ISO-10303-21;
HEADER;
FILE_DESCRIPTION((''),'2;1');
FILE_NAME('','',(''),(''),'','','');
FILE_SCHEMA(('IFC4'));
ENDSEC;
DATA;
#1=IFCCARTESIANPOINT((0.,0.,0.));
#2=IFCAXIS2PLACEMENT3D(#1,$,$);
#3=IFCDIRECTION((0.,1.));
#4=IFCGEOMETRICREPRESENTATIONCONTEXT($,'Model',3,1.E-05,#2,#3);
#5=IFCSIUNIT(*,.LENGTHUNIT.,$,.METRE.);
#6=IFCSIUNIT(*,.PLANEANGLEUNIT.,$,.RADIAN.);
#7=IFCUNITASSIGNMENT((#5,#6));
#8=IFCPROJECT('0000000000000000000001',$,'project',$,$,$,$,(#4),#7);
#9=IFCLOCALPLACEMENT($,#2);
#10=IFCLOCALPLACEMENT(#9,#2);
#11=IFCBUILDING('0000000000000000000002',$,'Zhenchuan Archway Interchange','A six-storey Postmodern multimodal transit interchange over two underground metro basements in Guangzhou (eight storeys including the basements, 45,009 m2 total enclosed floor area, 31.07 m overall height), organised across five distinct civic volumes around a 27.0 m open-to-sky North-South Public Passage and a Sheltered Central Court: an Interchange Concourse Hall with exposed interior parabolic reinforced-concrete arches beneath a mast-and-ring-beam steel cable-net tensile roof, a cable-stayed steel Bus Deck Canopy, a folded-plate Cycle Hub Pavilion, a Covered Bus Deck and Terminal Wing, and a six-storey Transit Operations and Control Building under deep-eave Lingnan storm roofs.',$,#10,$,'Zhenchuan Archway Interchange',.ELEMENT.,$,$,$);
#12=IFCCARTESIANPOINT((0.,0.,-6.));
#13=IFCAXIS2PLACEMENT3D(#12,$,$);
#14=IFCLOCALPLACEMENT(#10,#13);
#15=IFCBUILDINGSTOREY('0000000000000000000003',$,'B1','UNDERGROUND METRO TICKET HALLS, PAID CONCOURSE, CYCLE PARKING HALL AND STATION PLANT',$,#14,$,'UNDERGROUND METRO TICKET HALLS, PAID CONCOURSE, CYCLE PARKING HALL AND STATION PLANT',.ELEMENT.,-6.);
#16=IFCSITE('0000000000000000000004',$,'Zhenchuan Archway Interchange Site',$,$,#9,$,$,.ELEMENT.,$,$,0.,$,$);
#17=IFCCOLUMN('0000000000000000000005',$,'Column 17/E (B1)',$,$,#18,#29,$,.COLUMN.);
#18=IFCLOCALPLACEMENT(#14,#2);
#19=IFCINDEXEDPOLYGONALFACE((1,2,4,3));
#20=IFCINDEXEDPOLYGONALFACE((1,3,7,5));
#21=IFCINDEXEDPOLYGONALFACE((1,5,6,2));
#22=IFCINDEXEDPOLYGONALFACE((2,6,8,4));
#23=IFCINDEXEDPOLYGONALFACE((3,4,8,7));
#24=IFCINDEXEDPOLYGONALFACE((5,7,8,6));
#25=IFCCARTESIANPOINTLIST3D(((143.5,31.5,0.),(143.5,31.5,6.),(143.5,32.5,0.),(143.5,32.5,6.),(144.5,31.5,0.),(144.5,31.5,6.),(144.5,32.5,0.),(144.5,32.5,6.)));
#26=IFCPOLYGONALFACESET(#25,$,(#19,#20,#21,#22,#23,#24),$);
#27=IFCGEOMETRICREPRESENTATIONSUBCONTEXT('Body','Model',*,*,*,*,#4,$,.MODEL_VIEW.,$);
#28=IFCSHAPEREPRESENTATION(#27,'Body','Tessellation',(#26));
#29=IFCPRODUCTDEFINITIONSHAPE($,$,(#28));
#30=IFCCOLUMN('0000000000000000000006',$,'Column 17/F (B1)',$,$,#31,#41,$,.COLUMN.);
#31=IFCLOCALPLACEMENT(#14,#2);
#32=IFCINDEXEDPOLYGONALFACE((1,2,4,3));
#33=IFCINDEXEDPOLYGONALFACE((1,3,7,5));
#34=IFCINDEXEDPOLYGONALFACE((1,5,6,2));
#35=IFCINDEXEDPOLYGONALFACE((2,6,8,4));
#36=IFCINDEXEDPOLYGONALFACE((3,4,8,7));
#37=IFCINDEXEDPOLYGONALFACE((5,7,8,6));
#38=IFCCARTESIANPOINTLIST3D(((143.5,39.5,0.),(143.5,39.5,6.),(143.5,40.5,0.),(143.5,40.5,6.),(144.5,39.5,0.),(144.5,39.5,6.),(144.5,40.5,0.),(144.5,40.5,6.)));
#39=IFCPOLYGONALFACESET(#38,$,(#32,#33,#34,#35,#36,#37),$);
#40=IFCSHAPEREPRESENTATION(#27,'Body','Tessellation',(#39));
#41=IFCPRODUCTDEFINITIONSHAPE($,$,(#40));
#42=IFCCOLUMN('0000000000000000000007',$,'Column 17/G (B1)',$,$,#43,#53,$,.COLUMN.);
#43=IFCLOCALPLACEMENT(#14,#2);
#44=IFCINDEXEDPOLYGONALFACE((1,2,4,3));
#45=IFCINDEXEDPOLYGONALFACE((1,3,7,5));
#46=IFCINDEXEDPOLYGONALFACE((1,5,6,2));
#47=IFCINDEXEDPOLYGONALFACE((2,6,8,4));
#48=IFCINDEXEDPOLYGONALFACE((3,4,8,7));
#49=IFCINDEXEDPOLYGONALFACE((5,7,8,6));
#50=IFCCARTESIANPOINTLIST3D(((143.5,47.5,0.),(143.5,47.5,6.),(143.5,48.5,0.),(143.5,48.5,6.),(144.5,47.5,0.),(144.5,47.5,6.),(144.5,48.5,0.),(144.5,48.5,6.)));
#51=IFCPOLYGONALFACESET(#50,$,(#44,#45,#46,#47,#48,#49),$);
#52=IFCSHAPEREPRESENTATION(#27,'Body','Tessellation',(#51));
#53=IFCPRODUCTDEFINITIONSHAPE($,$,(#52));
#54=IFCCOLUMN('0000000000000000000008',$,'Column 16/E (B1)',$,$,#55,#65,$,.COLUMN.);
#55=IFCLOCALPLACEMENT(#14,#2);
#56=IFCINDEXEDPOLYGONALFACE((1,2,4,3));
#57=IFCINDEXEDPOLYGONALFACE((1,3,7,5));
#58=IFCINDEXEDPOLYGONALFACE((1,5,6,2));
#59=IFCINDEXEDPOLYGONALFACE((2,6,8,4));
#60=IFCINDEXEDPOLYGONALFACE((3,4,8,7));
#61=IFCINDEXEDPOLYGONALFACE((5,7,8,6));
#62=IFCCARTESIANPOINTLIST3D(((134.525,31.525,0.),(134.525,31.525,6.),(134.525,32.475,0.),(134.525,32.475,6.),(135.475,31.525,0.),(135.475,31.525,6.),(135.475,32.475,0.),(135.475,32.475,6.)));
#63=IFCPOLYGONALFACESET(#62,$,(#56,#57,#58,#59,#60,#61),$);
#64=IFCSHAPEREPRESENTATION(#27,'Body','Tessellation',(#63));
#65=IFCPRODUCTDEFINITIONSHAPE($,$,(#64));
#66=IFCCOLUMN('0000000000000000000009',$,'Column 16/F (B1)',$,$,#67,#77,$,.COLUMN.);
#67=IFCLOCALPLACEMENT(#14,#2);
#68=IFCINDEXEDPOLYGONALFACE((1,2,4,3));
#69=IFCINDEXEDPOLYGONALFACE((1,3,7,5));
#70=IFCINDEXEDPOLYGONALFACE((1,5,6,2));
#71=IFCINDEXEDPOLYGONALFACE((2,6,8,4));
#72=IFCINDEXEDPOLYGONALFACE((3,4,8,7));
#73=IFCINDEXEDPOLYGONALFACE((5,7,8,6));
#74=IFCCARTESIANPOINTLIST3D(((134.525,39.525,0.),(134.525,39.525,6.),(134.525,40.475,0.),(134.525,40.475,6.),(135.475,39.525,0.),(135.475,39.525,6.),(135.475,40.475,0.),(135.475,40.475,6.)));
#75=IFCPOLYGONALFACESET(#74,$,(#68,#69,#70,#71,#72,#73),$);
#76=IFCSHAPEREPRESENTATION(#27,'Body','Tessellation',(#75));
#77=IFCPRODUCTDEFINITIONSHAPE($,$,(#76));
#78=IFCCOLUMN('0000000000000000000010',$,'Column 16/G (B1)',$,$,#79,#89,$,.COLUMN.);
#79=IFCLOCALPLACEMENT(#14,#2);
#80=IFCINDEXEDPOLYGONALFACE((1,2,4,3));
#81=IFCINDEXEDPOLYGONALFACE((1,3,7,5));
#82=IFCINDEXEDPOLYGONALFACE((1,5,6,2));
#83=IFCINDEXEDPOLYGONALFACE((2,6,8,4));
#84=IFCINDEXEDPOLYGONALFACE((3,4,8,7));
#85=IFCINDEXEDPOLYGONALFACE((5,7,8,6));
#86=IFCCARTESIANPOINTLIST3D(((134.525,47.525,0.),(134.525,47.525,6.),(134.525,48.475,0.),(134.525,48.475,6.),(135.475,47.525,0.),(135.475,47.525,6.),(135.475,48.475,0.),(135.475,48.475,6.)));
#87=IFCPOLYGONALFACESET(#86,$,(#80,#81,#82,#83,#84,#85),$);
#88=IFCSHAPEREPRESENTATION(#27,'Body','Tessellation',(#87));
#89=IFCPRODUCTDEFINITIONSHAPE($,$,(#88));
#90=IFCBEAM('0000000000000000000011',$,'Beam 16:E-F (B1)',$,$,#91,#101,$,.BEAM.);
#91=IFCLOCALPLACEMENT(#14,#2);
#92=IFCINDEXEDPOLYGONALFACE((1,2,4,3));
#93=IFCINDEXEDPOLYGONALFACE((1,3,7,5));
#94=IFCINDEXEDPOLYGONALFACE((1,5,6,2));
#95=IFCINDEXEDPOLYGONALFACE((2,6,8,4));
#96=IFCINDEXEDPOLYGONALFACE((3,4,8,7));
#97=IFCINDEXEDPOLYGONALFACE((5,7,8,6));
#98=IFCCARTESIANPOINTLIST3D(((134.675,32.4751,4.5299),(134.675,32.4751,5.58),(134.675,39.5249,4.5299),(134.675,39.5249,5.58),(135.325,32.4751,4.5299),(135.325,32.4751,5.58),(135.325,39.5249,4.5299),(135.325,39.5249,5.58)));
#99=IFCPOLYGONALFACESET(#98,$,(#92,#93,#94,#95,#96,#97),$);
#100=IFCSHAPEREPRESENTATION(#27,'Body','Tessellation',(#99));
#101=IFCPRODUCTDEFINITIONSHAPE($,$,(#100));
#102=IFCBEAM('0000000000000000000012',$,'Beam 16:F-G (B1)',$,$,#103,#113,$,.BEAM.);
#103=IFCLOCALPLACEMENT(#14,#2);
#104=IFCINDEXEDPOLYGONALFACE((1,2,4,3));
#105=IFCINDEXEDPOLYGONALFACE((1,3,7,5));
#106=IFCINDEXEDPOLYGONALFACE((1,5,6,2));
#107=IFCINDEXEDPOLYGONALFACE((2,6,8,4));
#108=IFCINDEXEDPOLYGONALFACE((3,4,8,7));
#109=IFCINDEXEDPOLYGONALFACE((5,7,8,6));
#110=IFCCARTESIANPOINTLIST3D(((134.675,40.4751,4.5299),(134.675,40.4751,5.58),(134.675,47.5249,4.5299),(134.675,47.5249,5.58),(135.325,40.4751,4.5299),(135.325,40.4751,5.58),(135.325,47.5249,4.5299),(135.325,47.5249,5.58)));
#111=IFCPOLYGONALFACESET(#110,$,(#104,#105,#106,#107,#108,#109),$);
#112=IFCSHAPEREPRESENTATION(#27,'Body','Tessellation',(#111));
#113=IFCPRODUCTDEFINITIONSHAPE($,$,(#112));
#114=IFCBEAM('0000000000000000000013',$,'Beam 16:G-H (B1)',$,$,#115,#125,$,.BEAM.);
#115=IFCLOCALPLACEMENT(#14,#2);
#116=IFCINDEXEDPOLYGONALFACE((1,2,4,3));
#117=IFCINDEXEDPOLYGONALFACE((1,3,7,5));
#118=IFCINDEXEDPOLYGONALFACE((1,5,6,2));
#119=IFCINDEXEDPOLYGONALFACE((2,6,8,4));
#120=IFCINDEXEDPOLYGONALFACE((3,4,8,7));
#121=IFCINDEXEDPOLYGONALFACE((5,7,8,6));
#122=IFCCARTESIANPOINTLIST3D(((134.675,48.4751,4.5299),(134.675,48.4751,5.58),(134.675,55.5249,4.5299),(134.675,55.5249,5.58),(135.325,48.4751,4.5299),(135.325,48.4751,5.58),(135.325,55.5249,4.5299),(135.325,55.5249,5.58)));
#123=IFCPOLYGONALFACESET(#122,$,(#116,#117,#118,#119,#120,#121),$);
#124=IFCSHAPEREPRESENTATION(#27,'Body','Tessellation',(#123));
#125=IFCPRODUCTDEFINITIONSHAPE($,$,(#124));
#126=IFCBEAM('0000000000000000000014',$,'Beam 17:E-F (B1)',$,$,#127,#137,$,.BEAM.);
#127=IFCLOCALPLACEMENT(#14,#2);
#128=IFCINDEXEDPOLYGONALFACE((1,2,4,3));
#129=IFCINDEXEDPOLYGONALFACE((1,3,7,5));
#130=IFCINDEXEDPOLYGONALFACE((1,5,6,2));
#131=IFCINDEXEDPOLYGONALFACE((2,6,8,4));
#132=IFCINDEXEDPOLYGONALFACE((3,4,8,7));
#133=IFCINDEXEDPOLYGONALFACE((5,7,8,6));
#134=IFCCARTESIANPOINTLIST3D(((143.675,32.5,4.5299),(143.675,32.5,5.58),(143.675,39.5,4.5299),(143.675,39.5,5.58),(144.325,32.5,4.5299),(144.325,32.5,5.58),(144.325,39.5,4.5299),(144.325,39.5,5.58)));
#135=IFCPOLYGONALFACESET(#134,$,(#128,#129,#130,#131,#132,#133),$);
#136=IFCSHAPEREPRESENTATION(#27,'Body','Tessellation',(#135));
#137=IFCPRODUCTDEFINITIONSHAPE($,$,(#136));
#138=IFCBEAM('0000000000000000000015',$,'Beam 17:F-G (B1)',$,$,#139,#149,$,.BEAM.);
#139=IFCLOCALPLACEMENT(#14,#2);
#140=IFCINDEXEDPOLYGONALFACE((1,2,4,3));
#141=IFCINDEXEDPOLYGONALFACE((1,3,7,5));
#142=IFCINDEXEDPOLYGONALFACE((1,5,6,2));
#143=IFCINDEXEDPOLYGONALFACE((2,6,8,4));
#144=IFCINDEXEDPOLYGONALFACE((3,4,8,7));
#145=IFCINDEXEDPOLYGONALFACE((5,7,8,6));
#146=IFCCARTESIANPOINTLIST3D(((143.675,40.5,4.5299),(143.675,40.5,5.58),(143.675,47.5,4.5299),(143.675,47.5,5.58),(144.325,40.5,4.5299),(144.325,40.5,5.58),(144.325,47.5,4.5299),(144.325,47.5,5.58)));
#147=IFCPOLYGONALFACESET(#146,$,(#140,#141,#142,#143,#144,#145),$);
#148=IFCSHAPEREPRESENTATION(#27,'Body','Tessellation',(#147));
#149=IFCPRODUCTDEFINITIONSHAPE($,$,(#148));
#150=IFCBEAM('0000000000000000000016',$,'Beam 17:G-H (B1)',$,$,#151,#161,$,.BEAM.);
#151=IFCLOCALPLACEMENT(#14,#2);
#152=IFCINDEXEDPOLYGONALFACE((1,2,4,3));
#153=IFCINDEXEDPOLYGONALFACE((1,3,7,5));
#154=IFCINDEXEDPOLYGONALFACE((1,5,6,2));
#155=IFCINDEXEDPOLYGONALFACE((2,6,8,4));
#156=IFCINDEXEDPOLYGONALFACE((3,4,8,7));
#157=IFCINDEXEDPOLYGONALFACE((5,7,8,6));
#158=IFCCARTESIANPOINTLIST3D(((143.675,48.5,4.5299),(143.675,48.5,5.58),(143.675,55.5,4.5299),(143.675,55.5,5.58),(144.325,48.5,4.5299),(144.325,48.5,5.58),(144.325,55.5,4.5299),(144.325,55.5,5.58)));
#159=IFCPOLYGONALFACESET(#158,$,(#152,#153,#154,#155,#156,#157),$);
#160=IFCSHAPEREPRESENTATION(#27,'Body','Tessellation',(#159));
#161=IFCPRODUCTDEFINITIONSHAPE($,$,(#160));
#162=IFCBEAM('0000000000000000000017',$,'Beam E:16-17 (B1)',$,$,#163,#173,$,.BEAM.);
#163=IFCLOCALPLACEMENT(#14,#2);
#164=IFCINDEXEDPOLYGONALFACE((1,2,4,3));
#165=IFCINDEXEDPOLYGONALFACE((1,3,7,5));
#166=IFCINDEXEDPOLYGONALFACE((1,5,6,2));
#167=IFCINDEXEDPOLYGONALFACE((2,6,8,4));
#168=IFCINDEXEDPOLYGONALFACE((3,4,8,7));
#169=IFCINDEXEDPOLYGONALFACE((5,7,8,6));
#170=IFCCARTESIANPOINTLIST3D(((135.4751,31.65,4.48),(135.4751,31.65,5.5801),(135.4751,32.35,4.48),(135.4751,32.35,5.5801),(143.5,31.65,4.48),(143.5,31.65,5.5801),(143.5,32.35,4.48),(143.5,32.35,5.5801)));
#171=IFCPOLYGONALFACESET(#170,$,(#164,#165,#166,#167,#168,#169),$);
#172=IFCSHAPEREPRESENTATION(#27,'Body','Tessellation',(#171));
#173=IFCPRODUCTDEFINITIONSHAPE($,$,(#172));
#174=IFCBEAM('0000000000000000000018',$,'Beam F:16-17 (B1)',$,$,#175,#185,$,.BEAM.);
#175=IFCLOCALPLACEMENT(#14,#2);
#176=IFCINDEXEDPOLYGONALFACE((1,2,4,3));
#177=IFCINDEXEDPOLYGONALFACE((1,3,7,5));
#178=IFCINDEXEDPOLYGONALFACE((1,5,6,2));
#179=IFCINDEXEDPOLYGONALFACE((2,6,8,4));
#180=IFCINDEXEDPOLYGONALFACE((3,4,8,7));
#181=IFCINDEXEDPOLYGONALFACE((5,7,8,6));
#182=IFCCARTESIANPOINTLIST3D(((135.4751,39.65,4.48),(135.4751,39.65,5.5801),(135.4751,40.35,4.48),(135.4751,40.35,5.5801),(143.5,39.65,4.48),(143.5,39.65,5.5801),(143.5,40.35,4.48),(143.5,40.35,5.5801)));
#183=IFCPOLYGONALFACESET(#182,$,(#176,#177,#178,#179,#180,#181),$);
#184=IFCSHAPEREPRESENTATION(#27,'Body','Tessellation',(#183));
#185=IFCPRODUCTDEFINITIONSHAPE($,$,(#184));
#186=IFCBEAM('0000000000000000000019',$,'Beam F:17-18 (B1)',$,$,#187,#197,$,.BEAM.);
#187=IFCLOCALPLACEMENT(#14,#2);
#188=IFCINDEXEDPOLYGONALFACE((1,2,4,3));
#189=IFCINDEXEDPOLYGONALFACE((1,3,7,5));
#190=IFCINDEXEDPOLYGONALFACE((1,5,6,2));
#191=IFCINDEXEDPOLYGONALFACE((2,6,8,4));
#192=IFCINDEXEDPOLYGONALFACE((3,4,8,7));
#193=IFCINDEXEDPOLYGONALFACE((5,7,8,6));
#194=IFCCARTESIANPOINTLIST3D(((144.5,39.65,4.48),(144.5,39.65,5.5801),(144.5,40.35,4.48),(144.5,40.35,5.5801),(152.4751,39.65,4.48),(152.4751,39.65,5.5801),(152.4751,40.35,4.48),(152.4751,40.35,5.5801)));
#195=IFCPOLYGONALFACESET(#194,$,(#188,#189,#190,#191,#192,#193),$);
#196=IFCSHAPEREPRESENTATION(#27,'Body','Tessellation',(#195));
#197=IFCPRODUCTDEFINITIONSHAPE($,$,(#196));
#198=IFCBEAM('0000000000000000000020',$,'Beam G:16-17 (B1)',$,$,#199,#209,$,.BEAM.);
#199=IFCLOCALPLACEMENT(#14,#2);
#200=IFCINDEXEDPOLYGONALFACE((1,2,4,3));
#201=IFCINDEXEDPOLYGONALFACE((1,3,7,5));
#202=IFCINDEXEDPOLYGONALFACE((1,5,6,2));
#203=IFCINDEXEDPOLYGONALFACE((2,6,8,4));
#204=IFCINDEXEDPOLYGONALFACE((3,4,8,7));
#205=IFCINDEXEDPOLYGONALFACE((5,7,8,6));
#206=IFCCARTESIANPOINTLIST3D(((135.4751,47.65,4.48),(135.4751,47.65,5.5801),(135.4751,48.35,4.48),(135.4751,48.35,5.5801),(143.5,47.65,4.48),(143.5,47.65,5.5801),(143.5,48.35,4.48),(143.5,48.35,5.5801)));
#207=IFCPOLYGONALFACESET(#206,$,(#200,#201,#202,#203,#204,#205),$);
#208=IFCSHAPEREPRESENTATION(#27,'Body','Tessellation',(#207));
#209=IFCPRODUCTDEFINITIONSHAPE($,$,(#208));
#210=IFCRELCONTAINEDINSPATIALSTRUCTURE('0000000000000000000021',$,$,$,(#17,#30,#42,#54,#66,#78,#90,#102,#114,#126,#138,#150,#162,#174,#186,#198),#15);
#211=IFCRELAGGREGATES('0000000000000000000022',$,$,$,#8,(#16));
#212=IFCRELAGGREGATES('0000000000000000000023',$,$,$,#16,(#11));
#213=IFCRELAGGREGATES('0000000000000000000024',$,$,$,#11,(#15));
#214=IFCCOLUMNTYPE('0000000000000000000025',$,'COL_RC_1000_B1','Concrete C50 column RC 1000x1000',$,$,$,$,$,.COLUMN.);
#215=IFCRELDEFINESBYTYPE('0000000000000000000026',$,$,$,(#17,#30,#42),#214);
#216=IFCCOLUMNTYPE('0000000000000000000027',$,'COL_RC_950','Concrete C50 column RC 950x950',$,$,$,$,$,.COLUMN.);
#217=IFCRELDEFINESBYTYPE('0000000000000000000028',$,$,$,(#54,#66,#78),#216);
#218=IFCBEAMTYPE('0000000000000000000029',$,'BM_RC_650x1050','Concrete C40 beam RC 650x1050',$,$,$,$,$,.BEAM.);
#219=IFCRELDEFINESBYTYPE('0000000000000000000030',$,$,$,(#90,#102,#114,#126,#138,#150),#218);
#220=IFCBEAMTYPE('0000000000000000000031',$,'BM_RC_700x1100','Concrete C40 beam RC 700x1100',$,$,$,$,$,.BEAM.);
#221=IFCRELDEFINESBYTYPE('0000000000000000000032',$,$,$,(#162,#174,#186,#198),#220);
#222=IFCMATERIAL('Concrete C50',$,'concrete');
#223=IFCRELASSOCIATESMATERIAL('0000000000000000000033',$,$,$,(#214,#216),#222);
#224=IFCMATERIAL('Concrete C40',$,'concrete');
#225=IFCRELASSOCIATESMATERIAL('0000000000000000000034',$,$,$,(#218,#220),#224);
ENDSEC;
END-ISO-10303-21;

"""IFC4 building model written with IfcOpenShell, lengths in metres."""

from ifc_helpers import new_model, si_unit, direction, frame, origin, origin_2d, place, context, subcontext, project, spatial, rectangle, extrude, material, material_profile, profile_set, type_object, element, save


model = new_model("IFC4")

# Units and contexts
model_context = context("Model", 3, precision=1e-05, world=origin(), true_north=direction((0.0, 1.0)))
body_context = subcontext(model_context, "Body", "Model", "MODEL_VIEW")
ifc_project = project(units=[si_unit("LENGTHUNIT", "METRE"), si_unit("PLANEANGLEUNIT", "RADIAN")], contexts=[model_context])

# Site, building, storey
site_placement = place(None, origin())
site = spatial("IfcSite", under=ifc_project, at=site_placement, Name="Zhenchuan Archway Interchange Site", CompositionType="ELEMENT", RefElevation=0.0)
building_placement = place(site_placement, origin())
building = spatial("IfcBuilding", under=site, at=building_placement, Name="Zhenchuan Archway Interchange", Description="A six-storey Postmodern multimodal transit interchange over two underground metro basements in Guangzhou (eight storeys including the basements, 45,009 m2 total enclosed floor area, 31.07 m overall height), organised across five distinct civic volumes around a 27.0 m open-to-sky North-South Public Passage and a Sheltered Central Court: an Interchange Concourse Hall with exposed interior parabolic reinforced-concrete arches beneath a mast-and-ring-beam steel cable-net tensile roof, a cable-stayed steel Bus Deck Canopy, a folded-plate Cycle Hub Pavilion, a Covered Bus Deck and Terminal Wing, and a six-storey Transit Operations and Control Building under deep-eave Lingnan storm roofs.", LongName="Zhenchuan Archway Interchange", CompositionType="ELEMENT")
storey_placement = place(building_placement, frame((0.0, 0.0, -6.0)))
storey = spatial("IfcBuildingStorey", under=building, at=storey_placement, Name="B1", Description="UNDERGROUND METRO TICKET HALLS, PAID CONCOURSE, CYCLE PARKING HALL AND STATION PLANT", LongName="UNDERGROUND METRO TICKET HALLS, PAID CONCOURSE, CYCLE PARKING HALL AND STATION PLANT", CompositionType="ELEMENT", Elevation=-6.0)

# Columns
ifc_material_1 = material(Name="Concrete C50", Category="concrete")
ifc_material_profile_1 = material_profile(ifc_material_1, rectangle(XDim=1.0, YDim=1.0, at=origin_2d()), Name="RC 1000x1000")
ifc_profile_set_1 = profile_set([ifc_material_profile_1], Name="Concrete C50")
column_type_1 = type_object("IfcColumnType", Name="COL_RC_1000_B1", Description="Concrete C50 column RC 1000x1000", PredefinedType="COLUMN", material=ifc_profile_set_1)
for number, where, z_axis, x_axis, name in (
    (1, (144.0, 32.0, 0.0), (0.0, 0.0, 1.0), (1.0, 0.0, 0.0), "Column 17/E (B1)"),
    (2, (144.0, 40.0, 0.0), (0.0, 0.0, 1.0), (1.0, 0.0, 0.0), "Column 17/F (B1)"),
    (3, (144.0, 48.0, 0.0), (0.0, 0.0, 1.0), (1.0, 0.0, 0.0), "Column 17/G (B1)"),
):
    element("IfcColumn", number, at=place(storey_placement, frame(where, z_axis=z_axis, x_axis=x_axis)), inside=storey, type_object=column_type_1, Name=name, PredefinedType="COLUMN", context=body_context, shape_type="SweptSolid", body=[
        extrude(rectangle(XDim=1.0, YDim=1.0, at=origin_2d()), origin(), (0.0, 0.0, 1.0), 6.0),
    ])
ifc_material_profile_2 = material_profile(ifc_material_1, rectangle(XDim=0.95, YDim=0.95, at=origin_2d()), Name="RC 950x950")
ifc_profile_set_2 = profile_set([ifc_material_profile_2], Name="Concrete C50")
column_type_2 = type_object("IfcColumnType", Name="COL_RC_950", Description="Concrete C50 column RC 950x950", PredefinedType="COLUMN", material=ifc_profile_set_2)
for number, where, z_axis, x_axis, name in (
    (4, (135.0, 32.0, 0.0), (0.0, 0.0, 1.0), (1.0, 0.0, 0.0), "Column 16/E (B1)"),
    (5, (135.0, 40.0, 0.0), (0.0, 0.0, 1.0), (1.0, 0.0, 0.0), "Column 16/F (B1)"),
    (6, (135.0, 48.0, 0.0), (0.0, 0.0, 1.0), (1.0, 0.0, 0.0), "Column 16/G (B1)"),
):
    element("IfcColumn", number, at=place(storey_placement, frame(where, z_axis=z_axis, x_axis=x_axis)), inside=storey, type_object=column_type_2, Name=name, PredefinedType="COLUMN", context=body_context, shape_type="SweptSolid", body=[
        extrude(rectangle(XDim=0.95, YDim=0.95, at=origin_2d()), origin(), (0.0, 0.0, 1.0), 6.0),
    ])

# Beams
ifc_material_2 = material(Name="Concrete C40", Category="concrete")
ifc_material_profile_3 = material_profile(ifc_material_2, rectangle(XDim=0.6499, YDim=1.05, at=origin_2d()), Name="RC 650x1050")
ifc_profile_set_3 = profile_set([ifc_material_profile_3], Name="Concrete C40")
beam_type_1 = type_object("IfcBeamType", Name="BM_RC_650x1050", Description="Concrete C40 beam RC 650x1050", PredefinedType="BEAM", material=ifc_profile_set_3)
for number, where, z_axis, x_axis, name in (
    (7, (135.0, 32.4751, 5.0549), (0.0, 1.0, 0.0), (-1.0, 0.0, 0.0), "Beam 16:E-F (B1)"),
    (8, (135.0, 40.4751, 5.0549), (0.0, 1.0, 0.0), (-1.0, 0.0, 0.0), "Beam 16:F-G (B1)"),
    (9, (135.0, 48.4751, 5.0549), (0.0, 1.0, 0.0), (-1.0, 0.0, 0.0), "Beam 16:G-H (B1)"),
):
    element("IfcBeam", number, at=place(storey_placement, frame(where, z_axis=z_axis, x_axis=x_axis)), inside=storey, type_object=beam_type_1, Name=name, PredefinedType="BEAM", context=body_context, shape_type="SweptSolid", body=[
        extrude(rectangle(XDim=0.6499, YDim=1.05, at=origin_2d()), origin(), (0.0, 0.0, 1.0), 7.0498),
    ])
for number, where, z_axis, x_axis, name in (
    (10, (144.0, 32.5, 5.0549), (0.0, 1.0, 0.0), (-1.0, 0.0, 0.0), "Beam 17:E-F (B1)"),
    (11, (144.0, 40.5, 5.0549), (0.0, 1.0, 0.0), (-1.0, 0.0, 0.0), "Beam 17:F-G (B1)"),
    (12, (144.0, 48.5, 5.0549), (0.0, 1.0, 0.0), (-1.0, 0.0, 0.0), "Beam 17:G-H (B1)"),
):
    element("IfcBeam", number, at=place(storey_placement, frame(where, z_axis=z_axis, x_axis=x_axis)), inside=storey, type_object=beam_type_1, Name=name, PredefinedType="BEAM", context=body_context, shape_type="SweptSolid", body=[
        extrude(rectangle(XDim=0.6499, YDim=1.05, at=origin_2d()), origin(), (0.0, 0.0, 1.0), 7.0),
    ])
ifc_material_profile_4 = material_profile(ifc_material_2, rectangle(XDim=0.7, YDim=1.1001, at=origin_2d()), Name="RC 700x1100")
ifc_profile_set_4 = profile_set([ifc_material_profile_4], Name="Concrete C40")
beam_type_2 = type_object("IfcBeamType", Name="BM_RC_700x1100", Description="Concrete C40 beam RC 700x1100", PredefinedType="BEAM", material=ifc_profile_set_4)
for number, where, z_axis, x_axis, name in (
    (13, (135.4751, 32.0, 5.03), (1.0, 0.0, 0.0), (0.0, 1.0, 0.0), "Beam E:16-17 (B1)"),
    (14, (135.4751, 40.0, 5.03), (1.0, 0.0, 0.0), (0.0, 1.0, 0.0), "Beam F:16-17 (B1)"),
):
    element("IfcBeam", number, at=place(storey_placement, frame(where, z_axis=z_axis, x_axis=x_axis)), inside=storey, type_object=beam_type_2, Name=name, PredefinedType="BEAM", context=body_context, shape_type="SweptSolid", body=[
        extrude(rectangle(XDim=0.7, YDim=1.1001, at=origin_2d()), origin(), (0.0, 0.0, 1.0), 8.0249),
    ])
beam_1_placement = place(storey_placement, frame((144.5, 40.0, 5.03), z_axis=(1.0, 0.0, 0.0), x_axis=(0.0, 1.0, 0.0)))
element("IfcBeam", 15, at=beam_1_placement, inside=storey, type_object=beam_type_2, Name="Beam F:17-18 (B1)", PredefinedType="BEAM", context=body_context, shape_type="SweptSolid", body=[
    extrude(rectangle(XDim=0.7, YDim=1.1001, at=origin_2d()), origin(), (0.0, 0.0, 1.0), 7.9751),
])
beam_2_placement = place(storey_placement, frame((135.4751, 48.0, 5.03), z_axis=(1.0, 0.0, 0.0), x_axis=(0.0, 1.0, 0.0)))
element("IfcBeam", 16, at=beam_2_placement, inside=storey, type_object=beam_type_2, Name="Beam G:16-17 (B1)", PredefinedType="BEAM", context=body_context, shape_type="SweptSolid", body=[
    extrude(rectangle(XDim=0.7, YDim=1.1001, at=origin_2d()), origin(), (0.0, 0.0, 1.0), 8.0249),
])

save(model, "model.ifc")
